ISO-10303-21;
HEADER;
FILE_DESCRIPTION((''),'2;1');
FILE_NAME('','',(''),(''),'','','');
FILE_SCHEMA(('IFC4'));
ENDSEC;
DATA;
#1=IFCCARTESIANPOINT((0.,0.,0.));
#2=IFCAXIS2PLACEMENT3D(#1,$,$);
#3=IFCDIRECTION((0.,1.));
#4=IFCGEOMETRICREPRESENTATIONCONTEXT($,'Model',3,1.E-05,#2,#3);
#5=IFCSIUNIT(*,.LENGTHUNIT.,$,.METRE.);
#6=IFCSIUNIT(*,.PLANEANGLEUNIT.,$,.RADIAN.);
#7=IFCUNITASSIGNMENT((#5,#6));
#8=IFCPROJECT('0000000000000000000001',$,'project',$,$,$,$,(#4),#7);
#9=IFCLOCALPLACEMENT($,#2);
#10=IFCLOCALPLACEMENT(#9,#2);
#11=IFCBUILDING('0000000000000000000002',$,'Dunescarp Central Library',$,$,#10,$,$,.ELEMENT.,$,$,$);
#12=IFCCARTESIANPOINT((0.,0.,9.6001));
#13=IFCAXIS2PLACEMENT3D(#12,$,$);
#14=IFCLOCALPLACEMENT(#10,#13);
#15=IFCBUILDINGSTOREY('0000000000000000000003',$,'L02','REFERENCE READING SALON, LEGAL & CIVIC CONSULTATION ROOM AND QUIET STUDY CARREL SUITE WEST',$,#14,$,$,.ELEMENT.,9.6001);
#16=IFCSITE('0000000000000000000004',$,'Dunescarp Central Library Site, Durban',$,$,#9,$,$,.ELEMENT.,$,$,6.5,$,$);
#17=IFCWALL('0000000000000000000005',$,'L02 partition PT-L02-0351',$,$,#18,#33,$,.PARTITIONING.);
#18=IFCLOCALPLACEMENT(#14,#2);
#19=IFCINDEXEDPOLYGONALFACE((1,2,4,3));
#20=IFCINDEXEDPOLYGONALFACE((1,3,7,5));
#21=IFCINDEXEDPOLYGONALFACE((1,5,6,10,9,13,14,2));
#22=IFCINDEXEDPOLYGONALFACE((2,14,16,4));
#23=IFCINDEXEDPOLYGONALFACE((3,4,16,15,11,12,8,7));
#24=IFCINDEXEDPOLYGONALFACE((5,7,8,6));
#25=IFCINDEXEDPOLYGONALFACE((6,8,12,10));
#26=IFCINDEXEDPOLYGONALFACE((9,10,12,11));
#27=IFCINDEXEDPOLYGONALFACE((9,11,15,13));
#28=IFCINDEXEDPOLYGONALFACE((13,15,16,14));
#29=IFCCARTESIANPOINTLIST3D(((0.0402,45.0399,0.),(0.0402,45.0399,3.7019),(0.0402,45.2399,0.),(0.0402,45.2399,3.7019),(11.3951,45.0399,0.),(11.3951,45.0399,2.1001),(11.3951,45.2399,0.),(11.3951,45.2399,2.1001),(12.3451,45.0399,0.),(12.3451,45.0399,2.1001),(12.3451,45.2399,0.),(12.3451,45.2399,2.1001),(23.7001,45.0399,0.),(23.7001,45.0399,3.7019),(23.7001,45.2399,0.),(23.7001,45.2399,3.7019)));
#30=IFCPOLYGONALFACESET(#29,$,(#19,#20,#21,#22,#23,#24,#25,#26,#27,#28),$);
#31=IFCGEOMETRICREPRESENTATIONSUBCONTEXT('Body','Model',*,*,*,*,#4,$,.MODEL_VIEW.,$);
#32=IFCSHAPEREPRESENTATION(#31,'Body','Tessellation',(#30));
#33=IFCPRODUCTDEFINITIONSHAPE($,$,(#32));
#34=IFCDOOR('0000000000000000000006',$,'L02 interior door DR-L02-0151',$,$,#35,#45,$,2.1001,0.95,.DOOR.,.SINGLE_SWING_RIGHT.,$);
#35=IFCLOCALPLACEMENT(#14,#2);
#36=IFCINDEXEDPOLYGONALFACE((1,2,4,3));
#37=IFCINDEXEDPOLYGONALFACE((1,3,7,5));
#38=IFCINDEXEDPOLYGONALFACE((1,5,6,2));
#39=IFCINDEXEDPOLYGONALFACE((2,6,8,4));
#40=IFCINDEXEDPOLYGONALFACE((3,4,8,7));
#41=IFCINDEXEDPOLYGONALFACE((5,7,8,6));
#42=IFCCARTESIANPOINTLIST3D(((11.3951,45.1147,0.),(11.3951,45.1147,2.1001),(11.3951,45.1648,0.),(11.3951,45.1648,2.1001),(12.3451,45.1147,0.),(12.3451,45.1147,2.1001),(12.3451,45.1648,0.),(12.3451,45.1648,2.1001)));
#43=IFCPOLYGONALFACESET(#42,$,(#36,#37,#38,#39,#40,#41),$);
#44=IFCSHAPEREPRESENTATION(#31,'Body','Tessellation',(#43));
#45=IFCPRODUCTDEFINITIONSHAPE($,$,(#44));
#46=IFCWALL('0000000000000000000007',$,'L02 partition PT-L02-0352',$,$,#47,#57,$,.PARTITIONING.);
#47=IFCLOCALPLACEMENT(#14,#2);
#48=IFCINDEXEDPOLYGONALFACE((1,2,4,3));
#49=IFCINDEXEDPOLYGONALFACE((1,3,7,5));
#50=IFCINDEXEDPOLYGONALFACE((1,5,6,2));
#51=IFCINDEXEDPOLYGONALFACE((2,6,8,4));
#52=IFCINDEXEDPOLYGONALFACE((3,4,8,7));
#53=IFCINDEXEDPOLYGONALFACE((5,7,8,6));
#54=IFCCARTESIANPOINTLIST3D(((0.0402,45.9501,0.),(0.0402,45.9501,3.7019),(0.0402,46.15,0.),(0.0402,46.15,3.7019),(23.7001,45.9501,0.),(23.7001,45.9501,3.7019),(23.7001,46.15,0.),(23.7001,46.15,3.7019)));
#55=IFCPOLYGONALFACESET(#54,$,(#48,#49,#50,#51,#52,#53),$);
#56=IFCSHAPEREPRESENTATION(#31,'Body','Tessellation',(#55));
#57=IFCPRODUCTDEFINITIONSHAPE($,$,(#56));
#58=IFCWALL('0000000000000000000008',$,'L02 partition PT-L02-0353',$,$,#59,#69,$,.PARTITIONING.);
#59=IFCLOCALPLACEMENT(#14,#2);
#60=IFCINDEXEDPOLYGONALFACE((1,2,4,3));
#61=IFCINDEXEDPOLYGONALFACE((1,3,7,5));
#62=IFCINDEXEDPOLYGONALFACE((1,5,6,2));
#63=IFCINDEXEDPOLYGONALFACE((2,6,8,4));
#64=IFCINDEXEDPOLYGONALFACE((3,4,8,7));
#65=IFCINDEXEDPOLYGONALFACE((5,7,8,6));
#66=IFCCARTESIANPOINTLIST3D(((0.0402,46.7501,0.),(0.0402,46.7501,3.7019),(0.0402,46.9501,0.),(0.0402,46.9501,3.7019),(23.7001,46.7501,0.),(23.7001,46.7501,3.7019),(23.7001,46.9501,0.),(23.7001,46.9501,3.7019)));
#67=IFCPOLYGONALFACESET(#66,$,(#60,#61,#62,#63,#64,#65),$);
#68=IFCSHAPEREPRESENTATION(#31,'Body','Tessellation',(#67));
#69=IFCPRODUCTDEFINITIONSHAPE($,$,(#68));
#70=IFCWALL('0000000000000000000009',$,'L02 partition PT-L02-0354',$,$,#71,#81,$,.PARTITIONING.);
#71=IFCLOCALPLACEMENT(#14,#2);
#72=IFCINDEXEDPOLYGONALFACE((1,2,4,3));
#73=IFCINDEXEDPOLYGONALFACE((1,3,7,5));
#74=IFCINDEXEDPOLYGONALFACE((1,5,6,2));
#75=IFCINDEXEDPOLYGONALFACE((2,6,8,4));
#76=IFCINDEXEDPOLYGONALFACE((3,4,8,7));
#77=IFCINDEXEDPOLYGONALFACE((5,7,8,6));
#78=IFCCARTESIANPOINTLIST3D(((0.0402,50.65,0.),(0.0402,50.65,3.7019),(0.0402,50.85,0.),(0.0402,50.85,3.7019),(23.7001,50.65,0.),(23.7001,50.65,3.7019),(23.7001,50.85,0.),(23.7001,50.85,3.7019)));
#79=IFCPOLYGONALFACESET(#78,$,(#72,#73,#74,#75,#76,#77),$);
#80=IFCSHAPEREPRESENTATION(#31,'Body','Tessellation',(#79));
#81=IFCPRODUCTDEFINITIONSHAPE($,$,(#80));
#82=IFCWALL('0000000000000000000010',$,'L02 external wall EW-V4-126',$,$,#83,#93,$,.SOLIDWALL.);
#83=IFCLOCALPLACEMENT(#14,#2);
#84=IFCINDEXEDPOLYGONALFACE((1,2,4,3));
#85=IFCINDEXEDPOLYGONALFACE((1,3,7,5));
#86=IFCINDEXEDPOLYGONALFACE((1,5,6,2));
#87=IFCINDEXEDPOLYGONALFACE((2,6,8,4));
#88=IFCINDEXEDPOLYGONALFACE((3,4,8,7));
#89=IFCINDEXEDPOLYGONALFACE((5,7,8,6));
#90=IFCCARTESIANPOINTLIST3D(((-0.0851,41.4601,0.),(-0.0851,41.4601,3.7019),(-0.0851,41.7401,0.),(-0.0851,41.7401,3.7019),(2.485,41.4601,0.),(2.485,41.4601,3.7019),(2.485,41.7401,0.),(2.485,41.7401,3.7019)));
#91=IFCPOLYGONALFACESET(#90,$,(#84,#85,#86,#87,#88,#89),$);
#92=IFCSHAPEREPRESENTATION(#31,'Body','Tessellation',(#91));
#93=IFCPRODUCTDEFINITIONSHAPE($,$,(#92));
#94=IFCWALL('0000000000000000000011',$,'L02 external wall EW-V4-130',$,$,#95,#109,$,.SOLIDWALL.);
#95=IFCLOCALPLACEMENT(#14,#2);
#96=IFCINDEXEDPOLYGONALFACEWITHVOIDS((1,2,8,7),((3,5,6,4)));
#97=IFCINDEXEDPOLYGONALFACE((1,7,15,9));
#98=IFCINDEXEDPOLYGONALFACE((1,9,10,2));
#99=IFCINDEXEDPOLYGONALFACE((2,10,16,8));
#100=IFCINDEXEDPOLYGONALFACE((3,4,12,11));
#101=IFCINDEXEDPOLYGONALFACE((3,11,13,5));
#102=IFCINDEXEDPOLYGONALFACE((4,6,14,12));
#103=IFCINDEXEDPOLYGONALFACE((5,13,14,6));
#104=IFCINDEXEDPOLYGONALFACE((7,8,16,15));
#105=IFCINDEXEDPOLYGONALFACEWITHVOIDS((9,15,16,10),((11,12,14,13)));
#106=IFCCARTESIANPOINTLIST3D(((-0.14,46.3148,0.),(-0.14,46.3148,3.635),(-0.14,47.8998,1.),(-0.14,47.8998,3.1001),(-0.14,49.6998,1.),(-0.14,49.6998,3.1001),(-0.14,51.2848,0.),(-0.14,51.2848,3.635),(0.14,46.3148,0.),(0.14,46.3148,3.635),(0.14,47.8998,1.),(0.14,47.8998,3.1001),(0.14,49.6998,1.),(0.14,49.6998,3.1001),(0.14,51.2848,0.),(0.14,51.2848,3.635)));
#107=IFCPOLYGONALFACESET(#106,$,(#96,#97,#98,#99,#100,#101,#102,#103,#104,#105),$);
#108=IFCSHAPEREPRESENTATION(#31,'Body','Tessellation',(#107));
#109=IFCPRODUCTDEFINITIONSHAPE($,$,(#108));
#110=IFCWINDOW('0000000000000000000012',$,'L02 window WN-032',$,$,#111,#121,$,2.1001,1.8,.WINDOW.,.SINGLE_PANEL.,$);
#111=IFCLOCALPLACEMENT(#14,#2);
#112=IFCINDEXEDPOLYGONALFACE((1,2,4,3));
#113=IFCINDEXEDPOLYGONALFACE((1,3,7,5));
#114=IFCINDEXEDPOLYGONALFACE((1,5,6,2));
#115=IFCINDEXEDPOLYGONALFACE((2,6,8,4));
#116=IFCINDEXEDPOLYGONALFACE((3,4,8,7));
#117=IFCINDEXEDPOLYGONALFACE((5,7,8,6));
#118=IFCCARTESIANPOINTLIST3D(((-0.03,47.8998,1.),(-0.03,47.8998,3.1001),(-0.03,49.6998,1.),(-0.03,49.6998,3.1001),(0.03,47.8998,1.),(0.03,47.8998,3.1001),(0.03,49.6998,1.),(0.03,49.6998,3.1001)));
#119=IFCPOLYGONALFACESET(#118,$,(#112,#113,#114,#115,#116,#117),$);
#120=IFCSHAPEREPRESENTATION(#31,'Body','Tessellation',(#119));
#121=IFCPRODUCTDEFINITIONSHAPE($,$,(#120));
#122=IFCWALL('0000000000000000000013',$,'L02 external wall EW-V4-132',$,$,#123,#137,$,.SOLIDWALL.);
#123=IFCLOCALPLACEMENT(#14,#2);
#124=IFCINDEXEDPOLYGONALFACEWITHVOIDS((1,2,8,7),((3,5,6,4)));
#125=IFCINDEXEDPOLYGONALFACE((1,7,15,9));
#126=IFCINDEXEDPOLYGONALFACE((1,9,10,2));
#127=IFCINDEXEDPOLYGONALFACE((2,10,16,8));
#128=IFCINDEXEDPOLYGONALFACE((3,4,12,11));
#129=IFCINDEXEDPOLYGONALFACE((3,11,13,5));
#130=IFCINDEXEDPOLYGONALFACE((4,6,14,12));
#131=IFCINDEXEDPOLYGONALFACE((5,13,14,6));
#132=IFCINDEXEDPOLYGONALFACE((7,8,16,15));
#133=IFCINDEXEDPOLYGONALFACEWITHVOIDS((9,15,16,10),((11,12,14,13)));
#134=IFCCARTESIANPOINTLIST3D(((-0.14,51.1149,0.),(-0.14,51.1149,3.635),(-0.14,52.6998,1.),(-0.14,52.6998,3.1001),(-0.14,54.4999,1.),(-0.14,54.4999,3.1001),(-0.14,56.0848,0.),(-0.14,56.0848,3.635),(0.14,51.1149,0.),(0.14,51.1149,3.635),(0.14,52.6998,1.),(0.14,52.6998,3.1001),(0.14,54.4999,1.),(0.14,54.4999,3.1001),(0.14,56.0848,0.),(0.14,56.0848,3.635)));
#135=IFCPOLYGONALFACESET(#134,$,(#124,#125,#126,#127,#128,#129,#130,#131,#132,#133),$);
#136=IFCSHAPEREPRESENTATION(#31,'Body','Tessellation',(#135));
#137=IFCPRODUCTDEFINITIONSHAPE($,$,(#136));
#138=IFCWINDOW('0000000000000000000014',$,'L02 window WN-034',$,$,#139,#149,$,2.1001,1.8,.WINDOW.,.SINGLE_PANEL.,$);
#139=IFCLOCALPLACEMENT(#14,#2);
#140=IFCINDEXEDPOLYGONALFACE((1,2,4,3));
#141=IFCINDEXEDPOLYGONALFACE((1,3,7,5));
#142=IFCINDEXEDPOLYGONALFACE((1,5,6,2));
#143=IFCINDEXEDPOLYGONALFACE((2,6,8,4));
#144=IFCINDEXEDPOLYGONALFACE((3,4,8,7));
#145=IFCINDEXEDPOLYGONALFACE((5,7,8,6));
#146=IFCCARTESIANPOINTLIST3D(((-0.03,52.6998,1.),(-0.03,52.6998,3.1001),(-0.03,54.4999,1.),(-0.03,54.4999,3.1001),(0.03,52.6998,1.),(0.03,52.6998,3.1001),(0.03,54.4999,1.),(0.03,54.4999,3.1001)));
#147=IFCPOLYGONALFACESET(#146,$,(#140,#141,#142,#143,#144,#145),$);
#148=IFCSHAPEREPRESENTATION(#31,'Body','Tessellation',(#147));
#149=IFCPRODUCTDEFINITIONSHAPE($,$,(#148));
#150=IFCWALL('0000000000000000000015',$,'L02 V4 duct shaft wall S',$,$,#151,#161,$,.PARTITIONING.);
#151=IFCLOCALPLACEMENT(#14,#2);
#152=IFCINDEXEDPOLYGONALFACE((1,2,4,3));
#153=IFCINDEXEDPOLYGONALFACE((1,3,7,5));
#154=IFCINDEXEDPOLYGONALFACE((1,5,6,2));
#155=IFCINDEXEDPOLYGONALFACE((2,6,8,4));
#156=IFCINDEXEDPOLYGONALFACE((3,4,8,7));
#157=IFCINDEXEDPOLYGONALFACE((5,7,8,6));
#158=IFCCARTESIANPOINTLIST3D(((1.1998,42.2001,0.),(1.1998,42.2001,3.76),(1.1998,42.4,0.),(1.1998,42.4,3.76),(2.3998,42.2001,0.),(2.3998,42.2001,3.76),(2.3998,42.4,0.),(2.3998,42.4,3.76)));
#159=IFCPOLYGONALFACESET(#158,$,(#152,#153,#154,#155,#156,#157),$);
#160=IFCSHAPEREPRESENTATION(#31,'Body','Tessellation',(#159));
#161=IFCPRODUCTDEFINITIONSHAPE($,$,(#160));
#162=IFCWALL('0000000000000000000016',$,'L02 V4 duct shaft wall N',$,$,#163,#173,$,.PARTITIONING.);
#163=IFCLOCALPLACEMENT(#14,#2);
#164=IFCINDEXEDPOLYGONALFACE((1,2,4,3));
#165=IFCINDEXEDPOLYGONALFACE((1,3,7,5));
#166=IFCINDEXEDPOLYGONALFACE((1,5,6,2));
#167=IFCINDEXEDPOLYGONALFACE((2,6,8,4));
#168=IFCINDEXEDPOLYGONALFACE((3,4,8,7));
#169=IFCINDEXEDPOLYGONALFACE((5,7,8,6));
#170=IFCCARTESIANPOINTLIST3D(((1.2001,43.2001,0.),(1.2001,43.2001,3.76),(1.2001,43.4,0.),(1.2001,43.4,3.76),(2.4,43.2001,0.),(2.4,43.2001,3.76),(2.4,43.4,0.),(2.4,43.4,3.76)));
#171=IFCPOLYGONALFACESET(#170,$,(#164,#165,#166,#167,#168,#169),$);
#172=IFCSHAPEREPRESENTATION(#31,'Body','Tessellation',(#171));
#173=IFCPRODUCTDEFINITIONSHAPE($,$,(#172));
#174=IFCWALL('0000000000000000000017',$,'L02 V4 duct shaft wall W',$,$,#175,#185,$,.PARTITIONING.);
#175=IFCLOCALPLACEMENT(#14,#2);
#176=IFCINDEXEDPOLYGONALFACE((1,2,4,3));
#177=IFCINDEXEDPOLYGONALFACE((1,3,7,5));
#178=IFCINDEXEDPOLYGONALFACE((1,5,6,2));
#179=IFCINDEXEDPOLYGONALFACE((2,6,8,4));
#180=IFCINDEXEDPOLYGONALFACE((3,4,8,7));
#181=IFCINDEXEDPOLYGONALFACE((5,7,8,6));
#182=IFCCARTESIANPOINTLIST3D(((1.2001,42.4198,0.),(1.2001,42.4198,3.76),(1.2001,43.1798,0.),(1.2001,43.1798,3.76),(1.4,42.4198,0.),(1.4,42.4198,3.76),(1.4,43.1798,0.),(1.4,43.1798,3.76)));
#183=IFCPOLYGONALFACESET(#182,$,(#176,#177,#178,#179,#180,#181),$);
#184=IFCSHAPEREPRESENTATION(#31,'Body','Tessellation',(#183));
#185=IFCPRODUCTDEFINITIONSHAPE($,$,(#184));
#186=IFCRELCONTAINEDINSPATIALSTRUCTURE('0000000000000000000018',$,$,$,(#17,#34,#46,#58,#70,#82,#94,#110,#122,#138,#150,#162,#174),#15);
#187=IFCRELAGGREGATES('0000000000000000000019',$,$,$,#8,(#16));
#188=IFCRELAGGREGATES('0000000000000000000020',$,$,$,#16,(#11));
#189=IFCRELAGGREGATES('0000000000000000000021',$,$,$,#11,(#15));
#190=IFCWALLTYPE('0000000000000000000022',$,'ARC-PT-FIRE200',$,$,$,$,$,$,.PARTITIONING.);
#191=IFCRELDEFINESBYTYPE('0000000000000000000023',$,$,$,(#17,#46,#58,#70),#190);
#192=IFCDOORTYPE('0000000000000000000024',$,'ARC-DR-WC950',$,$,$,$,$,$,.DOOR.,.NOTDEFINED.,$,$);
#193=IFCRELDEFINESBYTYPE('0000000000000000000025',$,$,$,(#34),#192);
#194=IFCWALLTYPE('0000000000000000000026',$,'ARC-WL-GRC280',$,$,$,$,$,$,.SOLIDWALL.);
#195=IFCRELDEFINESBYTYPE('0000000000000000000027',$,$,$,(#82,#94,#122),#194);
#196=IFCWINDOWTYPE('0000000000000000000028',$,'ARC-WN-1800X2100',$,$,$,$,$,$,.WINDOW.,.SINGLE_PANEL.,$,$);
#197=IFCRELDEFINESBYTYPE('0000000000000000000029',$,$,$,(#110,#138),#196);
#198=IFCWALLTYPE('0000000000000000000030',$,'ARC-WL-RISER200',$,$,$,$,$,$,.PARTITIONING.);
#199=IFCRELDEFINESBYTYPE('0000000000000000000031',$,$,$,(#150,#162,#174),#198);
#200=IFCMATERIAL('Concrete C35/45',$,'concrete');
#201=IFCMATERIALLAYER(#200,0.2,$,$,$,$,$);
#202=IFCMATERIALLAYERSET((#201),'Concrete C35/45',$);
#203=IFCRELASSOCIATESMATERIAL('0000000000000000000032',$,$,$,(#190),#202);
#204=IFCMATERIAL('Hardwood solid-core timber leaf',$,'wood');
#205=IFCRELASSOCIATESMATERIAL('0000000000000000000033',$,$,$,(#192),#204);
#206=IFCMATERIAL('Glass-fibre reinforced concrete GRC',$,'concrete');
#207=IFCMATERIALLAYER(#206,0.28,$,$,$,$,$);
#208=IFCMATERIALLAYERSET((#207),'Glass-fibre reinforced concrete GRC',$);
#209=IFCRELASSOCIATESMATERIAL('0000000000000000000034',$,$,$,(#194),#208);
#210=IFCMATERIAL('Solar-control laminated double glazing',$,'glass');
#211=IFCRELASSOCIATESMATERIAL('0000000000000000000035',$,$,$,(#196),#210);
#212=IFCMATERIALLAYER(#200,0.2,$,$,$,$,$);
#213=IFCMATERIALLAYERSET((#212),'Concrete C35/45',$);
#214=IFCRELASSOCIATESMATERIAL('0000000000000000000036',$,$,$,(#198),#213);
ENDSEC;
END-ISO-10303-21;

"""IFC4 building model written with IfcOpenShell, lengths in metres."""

from ifc_helpers import new_model, si_unit, direction, frame, frame_2d, origin, place, context, subcontext, project, spatial, rectangle, extrude, material, layer, layer_set, type_object, element, fill, save


model = new_model("IFC4")

# Units and contexts
model_context = context("Model", 3, precision=1e-05, world=origin(), true_north=direction((0.0, 1.0)))
body_context = subcontext(model_context, "Body", "Model", "MODEL_VIEW")
ifc_project = project(units=[si_unit("LENGTHUNIT", "METRE"), si_unit("PLANEANGLEUNIT", "RADIAN")], contexts=[model_context])

# Site, building, storey
site_placement = place(None, origin())
site = spatial("IfcSite", under=ifc_project, at=site_placement, Name="Dunescarp Central Library Site, Durban", CompositionType="ELEMENT", RefElevation=6.5)
building_placement = place(site_placement, origin())
building = spatial("IfcBuilding", under=site, at=building_placement, Name="Dunescarp Central Library", CompositionType="ELEMENT")
storey_placement = place(building_placement, frame((0.0, 0.0, 9.6001)))
storey = spatial("IfcBuildingStorey", under=building, at=storey_placement, Name="L02", Description="REFERENCE READING SALON, LEGAL & CIVIC CONSULTATION ROOM AND QUIET STUDY CARREL SUITE WEST", CompositionType="ELEMENT", Elevation=9.6001)

# Wall, opening, door
ifc_material_1 = material(Name="Concrete C35/45", Category="concrete")
ifc_layer_1 = layer(ifc_material_1, 0.2)
ifc_layer_set_1 = layer_set([ifc_layer_1], Name="Concrete C35/45")
wall_type_1 = type_object("IfcWallType", Name="ARC-PT-FIRE200", PredefinedType="PARTITIONING", material=ifc_layer_set_1)
wall_1_placement = place(storey_placement, frame((0.04, 45.1399, 0.0), z_axis=(0.0, 0.0, 1.0), x_axis=(1.0, 0.0, 0.0)))
wall_1 = element("IfcWall", 1, at=wall_1_placement, inside=storey, type_object=wall_type_1, Name="L02 partition PT-L02-0351", PredefinedType="PARTITIONING", context=body_context, shape_type="SweptSolid", body=[
    extrude(rectangle(XDim=23.6599, YDim=0.2, at=frame_2d((11.8301, 0.0))), origin(), (0.0, 0.0, 1.0), 3.7019),
])
opening_1_placement = place(wall_1_placement, frame((11.355, 0.0, 0.0)))
opening_1 = element("IfcOpeningElement", 2, at=opening_1_placement, cuts=wall_1, PredefinedType="OPENING", context=body_context, shape_type="SweptSolid", body=[
    extrude(rectangle(XDim=0.95, YDim=2.1001, at=frame_2d((0.4751, 1.05))), frame((0.0, 0.1099, 0.0), z_axis=(0.0, -1.0, 0.0), x_axis=(1.0, 0.0, 0.0)), (0.0, 0.0, 1.0), 0.22),
])
ifc_material_2 = material(Name="Hardwood solid-core timber leaf", Category="wood")
door_type = type_object("IfcDoorType", Name="ARC-DR-WC950", OperationType="NOTDEFINED", PredefinedType="DOOR", material=ifc_material_2)
door_placement = place(opening_1_placement, origin())
door = element("IfcDoor", 3, at=door_placement, inside=storey, type_object=door_type, Name="L02 interior door DR-L02-0151", OperationType="SINGLE_SWING_RIGHT", OverallHeight=2.1001, OverallWidth=0.95, PredefinedType="DOOR", context=body_context, shape_type="SweptSolid", body=[
    extrude(rectangle(XDim=0.95, YDim=2.1001, at=frame_2d((0.4751, 1.05))), frame((0.0, 0.0249, 0.0), z_axis=(0.0, -1.0, 0.0), x_axis=(1.0, 0.0, 0.0)), (0.0, 0.0, 1.0), 0.05),
])
fill(opening_1, door)

# Walls
for number, where, z_axis, x_axis, name in (
    (4, (0.04, 46.05, 0.0), (0.0, 0.0, 1.0), (1.0, 0.0, 0.0), "L02 partition PT-L02-0352"),
    (5, (0.04, 46.8501, 0.0), (0.0, 0.0, 1.0), (1.0, 0.0, 0.0), "L02 partition PT-L02-0353"),
    (6, (0.04, 50.75, 0.0), (0.0, 0.0, 1.0), (1.0, 0.0, 0.0), "L02 partition PT-L02-0354"),
):
    element("IfcWall", number, at=place(storey_placement, frame(where, z_axis=z_axis, x_axis=x_axis)), inside=storey, type_object=wall_type_1, Name=name, PredefinedType="PARTITIONING", context=body_context, shape_type="SweptSolid", body=[
        extrude(rectangle(XDim=23.6599, YDim=0.2, at=frame_2d((11.8301, 0.0))), origin(), (0.0, 0.0, 1.0), 3.7019),
    ])
ifc_material_3 = material(Name="Glass-fibre reinforced concrete GRC", Category="concrete")
ifc_layer_2 = layer(ifc_material_3, 0.28)
ifc_layer_set_2 = layer_set([ifc_layer_2], Name="Glass-fibre reinforced concrete GRC")
wall_type_2 = type_object("IfcWallType", Name="ARC-WL-GRC280", PredefinedType="SOLIDWALL", material=ifc_layer_set_2)
wall_2_placement = place(storey_placement, frame((2.4851, 41.6001, 0.0), z_axis=(0.0, 0.0, 1.0), x_axis=(-1.0, 0.0, 0.0)))
element("IfcWall", 7, at=wall_2_placement, inside=storey, type_object=wall_type_2, Name="L02 external wall EW-V4-126", PredefinedType="SOLIDWALL", context=body_context, shape_type="SweptSolid", body=[
    extrude(rectangle(XDim=2.5701, YDim=0.28, at=frame_2d((1.2852, 0.0))), origin(), (0.0, 0.0, 1.0), 3.7019),
])

# Walls, openings, windows
wall_3_placement = place(storey_placement, frame((0.0, 46.3149, 0.0), z_axis=(0.0, 0.0, 1.0), x_axis=(0.0, 1.0, 0.0)))
wall_3 = element("IfcWall", 8, at=wall_3_placement, inside=storey, type_object=wall_type_2, Name="L02 external wall EW-V4-130", PredefinedType="SOLIDWALL", context=body_context, shape_type="SweptSolid", body=[
    extrude(rectangle(XDim=4.97, YDim=0.28, at=frame_2d((2.4849, 0.0))), origin(), (0.0, 0.0, 1.0), 3.635),
])
opening_2_placement = place(wall_3_placement, frame((1.585, 0.0, 1.0)))
opening_2 = element("IfcOpeningElement", 9, at=opening_2_placement, cuts=wall_3, PredefinedType="OPENING", context=body_context, shape_type="SweptSolid", body=[
    extrude(rectangle(XDim=1.8, YDim=2.1001, at=frame_2d((0.8999, 1.05))), frame((0.0, 0.1499, 0.0), z_axis=(0.0, -1.0, 0.0), x_axis=(1.0, 0.0, 0.0)), (0.0, 0.0, 1.0), 0.3),
])
ifc_material_4 = material(Name="Solar-control laminated double glazing", Category="glass")
window_type = type_object("IfcWindowType", Name="ARC-WN-1800X2100", PartitioningType="SINGLE_PANEL", PredefinedType="WINDOW", material=ifc_material_4)
window_1_placement = place(opening_2_placement, origin())
window_1 = element("IfcWindow", 10, at=window_1_placement, inside=storey, type_object=window_type, Name="L02 window WN-032", OverallHeight=2.1001, OverallWidth=1.8, PartitioningType="SINGLE_PANEL", PredefinedType="WINDOW", context=body_context, shape_type="SweptSolid", body=[
    extrude(rectangle(XDim=1.8, YDim=2.1001, at=frame_2d((0.8999, 1.05))), frame((0.0, 0.03, 0.0), z_axis=(0.0, -1.0, 0.0), x_axis=(1.0, 0.0, 0.0)), (0.0, 0.0, 1.0), 0.0601),
])
fill(opening_2, window_1)
wall_4_placement = place(storey_placement, frame((0.0, 51.115, 0.0), z_axis=(0.0, 0.0, 1.0), x_axis=(0.0, 1.0, 0.0)))
wall_4 = element("IfcWall", 11, at=wall_4_placement, inside=storey, type_object=wall_type_2, Name="L02 external wall EW-V4-132", PredefinedType="SOLIDWALL", context=body_context, shape_type="SweptSolid", body=[
    extrude(rectangle(XDim=4.97, YDim=0.28, at=frame_2d((2.4849, 0.0))), origin(), (0.0, 0.0, 1.0), 3.635),
])
opening_3_placement = place(wall_4_placement, frame((1.585, 0.0, 1.0)))
opening_3 = element("IfcOpeningElement", 12, at=opening_3_placement, cuts=wall_4, PredefinedType="OPENING", context=body_context, shape_type="SweptSolid", body=[
    extrude(rectangle(XDim=1.8, YDim=2.1001, at=frame_2d((0.8999, 1.05))), frame((0.0, 0.1499, 0.0), z_axis=(0.0, -1.0, 0.0), x_axis=(1.0, 0.0, 0.0)), (0.0, 0.0, 1.0), 0.3),
])
window_2_placement = place(opening_3_placement, origin())
window_2 = element("IfcWindow", 13, at=window_2_placement, inside=storey, type_object=window_type, Name="L02 window WN-034", OverallHeight=2.1001, OverallWidth=1.8, PartitioningType="SINGLE_PANEL", PredefinedType="WINDOW", context=body_context, shape_type="SweptSolid", body=[
    extrude(rectangle(XDim=1.8, YDim=2.1001, at=frame_2d((0.8999, 1.05))), frame((0.0, 0.03, 0.0), z_axis=(0.0, -1.0, 0.0), x_axis=(1.0, 0.0, 0.0)), (0.0, 0.0, 1.0), 0.0601),
])
fill(opening_3, window_2)

# Walls
ifc_layer_3 = layer(ifc_material_1, 0.2)
ifc_layer_set_3 = layer_set([ifc_layer_3], Name="Concrete C35/45")
wall_type_3 = type_object("IfcWallType", Name="ARC-WL-RISER200", PredefinedType="PARTITIONING", material=ifc_layer_set_3)
for number, where, z_axis, x_axis, name in (
    (14, (2.3999, 42.3, 0.0), (0.0, 0.0, 1.0), (-1.0, 0.0, 0.0), "L02 V4 duct shaft wall S"),
    (15, (1.2, 43.3, 0.0), (0.0, 0.0, 1.0), (1.0, 0.0, 0.0), "L02 V4 duct shaft wall N"),
):
    element("IfcWall", number, at=place(storey_placement, frame(where, z_axis=z_axis, x_axis=x_axis)), inside=storey, type_object=wall_type_3, Name=name, PredefinedType="PARTITIONING", context=body_context, shape_type="SweptSolid", body=[
        extrude(rectangle(XDim=1.2, YDim=0.2, at=frame_2d((0.6001, 0.0))), origin(), (0.0, 0.0, 1.0), 3.76),
    ])
for number, where, z_axis, x_axis, name in (
    (16, (1.3, 42.4199, 0.0), (0.0, 0.0, 1.0), (0.0, 1.0, 0.0), "L02 V4 duct shaft wall W"),
):
    element("IfcWall", number, at=place(storey_placement, frame(where, z_axis=z_axis, x_axis=x_axis)), inside=storey, type_object=wall_type_3, Name=name, PredefinedType="PARTITIONING", context=body_context, shape_type="SweptSolid", body=[
        extrude(rectangle(XDim=0.76, YDim=0.2, at=frame_2d((0.3799, 0.0))), origin(), (0.0, 0.0, 1.0), 3.76),
    ])

save(model, "model.ifc")
